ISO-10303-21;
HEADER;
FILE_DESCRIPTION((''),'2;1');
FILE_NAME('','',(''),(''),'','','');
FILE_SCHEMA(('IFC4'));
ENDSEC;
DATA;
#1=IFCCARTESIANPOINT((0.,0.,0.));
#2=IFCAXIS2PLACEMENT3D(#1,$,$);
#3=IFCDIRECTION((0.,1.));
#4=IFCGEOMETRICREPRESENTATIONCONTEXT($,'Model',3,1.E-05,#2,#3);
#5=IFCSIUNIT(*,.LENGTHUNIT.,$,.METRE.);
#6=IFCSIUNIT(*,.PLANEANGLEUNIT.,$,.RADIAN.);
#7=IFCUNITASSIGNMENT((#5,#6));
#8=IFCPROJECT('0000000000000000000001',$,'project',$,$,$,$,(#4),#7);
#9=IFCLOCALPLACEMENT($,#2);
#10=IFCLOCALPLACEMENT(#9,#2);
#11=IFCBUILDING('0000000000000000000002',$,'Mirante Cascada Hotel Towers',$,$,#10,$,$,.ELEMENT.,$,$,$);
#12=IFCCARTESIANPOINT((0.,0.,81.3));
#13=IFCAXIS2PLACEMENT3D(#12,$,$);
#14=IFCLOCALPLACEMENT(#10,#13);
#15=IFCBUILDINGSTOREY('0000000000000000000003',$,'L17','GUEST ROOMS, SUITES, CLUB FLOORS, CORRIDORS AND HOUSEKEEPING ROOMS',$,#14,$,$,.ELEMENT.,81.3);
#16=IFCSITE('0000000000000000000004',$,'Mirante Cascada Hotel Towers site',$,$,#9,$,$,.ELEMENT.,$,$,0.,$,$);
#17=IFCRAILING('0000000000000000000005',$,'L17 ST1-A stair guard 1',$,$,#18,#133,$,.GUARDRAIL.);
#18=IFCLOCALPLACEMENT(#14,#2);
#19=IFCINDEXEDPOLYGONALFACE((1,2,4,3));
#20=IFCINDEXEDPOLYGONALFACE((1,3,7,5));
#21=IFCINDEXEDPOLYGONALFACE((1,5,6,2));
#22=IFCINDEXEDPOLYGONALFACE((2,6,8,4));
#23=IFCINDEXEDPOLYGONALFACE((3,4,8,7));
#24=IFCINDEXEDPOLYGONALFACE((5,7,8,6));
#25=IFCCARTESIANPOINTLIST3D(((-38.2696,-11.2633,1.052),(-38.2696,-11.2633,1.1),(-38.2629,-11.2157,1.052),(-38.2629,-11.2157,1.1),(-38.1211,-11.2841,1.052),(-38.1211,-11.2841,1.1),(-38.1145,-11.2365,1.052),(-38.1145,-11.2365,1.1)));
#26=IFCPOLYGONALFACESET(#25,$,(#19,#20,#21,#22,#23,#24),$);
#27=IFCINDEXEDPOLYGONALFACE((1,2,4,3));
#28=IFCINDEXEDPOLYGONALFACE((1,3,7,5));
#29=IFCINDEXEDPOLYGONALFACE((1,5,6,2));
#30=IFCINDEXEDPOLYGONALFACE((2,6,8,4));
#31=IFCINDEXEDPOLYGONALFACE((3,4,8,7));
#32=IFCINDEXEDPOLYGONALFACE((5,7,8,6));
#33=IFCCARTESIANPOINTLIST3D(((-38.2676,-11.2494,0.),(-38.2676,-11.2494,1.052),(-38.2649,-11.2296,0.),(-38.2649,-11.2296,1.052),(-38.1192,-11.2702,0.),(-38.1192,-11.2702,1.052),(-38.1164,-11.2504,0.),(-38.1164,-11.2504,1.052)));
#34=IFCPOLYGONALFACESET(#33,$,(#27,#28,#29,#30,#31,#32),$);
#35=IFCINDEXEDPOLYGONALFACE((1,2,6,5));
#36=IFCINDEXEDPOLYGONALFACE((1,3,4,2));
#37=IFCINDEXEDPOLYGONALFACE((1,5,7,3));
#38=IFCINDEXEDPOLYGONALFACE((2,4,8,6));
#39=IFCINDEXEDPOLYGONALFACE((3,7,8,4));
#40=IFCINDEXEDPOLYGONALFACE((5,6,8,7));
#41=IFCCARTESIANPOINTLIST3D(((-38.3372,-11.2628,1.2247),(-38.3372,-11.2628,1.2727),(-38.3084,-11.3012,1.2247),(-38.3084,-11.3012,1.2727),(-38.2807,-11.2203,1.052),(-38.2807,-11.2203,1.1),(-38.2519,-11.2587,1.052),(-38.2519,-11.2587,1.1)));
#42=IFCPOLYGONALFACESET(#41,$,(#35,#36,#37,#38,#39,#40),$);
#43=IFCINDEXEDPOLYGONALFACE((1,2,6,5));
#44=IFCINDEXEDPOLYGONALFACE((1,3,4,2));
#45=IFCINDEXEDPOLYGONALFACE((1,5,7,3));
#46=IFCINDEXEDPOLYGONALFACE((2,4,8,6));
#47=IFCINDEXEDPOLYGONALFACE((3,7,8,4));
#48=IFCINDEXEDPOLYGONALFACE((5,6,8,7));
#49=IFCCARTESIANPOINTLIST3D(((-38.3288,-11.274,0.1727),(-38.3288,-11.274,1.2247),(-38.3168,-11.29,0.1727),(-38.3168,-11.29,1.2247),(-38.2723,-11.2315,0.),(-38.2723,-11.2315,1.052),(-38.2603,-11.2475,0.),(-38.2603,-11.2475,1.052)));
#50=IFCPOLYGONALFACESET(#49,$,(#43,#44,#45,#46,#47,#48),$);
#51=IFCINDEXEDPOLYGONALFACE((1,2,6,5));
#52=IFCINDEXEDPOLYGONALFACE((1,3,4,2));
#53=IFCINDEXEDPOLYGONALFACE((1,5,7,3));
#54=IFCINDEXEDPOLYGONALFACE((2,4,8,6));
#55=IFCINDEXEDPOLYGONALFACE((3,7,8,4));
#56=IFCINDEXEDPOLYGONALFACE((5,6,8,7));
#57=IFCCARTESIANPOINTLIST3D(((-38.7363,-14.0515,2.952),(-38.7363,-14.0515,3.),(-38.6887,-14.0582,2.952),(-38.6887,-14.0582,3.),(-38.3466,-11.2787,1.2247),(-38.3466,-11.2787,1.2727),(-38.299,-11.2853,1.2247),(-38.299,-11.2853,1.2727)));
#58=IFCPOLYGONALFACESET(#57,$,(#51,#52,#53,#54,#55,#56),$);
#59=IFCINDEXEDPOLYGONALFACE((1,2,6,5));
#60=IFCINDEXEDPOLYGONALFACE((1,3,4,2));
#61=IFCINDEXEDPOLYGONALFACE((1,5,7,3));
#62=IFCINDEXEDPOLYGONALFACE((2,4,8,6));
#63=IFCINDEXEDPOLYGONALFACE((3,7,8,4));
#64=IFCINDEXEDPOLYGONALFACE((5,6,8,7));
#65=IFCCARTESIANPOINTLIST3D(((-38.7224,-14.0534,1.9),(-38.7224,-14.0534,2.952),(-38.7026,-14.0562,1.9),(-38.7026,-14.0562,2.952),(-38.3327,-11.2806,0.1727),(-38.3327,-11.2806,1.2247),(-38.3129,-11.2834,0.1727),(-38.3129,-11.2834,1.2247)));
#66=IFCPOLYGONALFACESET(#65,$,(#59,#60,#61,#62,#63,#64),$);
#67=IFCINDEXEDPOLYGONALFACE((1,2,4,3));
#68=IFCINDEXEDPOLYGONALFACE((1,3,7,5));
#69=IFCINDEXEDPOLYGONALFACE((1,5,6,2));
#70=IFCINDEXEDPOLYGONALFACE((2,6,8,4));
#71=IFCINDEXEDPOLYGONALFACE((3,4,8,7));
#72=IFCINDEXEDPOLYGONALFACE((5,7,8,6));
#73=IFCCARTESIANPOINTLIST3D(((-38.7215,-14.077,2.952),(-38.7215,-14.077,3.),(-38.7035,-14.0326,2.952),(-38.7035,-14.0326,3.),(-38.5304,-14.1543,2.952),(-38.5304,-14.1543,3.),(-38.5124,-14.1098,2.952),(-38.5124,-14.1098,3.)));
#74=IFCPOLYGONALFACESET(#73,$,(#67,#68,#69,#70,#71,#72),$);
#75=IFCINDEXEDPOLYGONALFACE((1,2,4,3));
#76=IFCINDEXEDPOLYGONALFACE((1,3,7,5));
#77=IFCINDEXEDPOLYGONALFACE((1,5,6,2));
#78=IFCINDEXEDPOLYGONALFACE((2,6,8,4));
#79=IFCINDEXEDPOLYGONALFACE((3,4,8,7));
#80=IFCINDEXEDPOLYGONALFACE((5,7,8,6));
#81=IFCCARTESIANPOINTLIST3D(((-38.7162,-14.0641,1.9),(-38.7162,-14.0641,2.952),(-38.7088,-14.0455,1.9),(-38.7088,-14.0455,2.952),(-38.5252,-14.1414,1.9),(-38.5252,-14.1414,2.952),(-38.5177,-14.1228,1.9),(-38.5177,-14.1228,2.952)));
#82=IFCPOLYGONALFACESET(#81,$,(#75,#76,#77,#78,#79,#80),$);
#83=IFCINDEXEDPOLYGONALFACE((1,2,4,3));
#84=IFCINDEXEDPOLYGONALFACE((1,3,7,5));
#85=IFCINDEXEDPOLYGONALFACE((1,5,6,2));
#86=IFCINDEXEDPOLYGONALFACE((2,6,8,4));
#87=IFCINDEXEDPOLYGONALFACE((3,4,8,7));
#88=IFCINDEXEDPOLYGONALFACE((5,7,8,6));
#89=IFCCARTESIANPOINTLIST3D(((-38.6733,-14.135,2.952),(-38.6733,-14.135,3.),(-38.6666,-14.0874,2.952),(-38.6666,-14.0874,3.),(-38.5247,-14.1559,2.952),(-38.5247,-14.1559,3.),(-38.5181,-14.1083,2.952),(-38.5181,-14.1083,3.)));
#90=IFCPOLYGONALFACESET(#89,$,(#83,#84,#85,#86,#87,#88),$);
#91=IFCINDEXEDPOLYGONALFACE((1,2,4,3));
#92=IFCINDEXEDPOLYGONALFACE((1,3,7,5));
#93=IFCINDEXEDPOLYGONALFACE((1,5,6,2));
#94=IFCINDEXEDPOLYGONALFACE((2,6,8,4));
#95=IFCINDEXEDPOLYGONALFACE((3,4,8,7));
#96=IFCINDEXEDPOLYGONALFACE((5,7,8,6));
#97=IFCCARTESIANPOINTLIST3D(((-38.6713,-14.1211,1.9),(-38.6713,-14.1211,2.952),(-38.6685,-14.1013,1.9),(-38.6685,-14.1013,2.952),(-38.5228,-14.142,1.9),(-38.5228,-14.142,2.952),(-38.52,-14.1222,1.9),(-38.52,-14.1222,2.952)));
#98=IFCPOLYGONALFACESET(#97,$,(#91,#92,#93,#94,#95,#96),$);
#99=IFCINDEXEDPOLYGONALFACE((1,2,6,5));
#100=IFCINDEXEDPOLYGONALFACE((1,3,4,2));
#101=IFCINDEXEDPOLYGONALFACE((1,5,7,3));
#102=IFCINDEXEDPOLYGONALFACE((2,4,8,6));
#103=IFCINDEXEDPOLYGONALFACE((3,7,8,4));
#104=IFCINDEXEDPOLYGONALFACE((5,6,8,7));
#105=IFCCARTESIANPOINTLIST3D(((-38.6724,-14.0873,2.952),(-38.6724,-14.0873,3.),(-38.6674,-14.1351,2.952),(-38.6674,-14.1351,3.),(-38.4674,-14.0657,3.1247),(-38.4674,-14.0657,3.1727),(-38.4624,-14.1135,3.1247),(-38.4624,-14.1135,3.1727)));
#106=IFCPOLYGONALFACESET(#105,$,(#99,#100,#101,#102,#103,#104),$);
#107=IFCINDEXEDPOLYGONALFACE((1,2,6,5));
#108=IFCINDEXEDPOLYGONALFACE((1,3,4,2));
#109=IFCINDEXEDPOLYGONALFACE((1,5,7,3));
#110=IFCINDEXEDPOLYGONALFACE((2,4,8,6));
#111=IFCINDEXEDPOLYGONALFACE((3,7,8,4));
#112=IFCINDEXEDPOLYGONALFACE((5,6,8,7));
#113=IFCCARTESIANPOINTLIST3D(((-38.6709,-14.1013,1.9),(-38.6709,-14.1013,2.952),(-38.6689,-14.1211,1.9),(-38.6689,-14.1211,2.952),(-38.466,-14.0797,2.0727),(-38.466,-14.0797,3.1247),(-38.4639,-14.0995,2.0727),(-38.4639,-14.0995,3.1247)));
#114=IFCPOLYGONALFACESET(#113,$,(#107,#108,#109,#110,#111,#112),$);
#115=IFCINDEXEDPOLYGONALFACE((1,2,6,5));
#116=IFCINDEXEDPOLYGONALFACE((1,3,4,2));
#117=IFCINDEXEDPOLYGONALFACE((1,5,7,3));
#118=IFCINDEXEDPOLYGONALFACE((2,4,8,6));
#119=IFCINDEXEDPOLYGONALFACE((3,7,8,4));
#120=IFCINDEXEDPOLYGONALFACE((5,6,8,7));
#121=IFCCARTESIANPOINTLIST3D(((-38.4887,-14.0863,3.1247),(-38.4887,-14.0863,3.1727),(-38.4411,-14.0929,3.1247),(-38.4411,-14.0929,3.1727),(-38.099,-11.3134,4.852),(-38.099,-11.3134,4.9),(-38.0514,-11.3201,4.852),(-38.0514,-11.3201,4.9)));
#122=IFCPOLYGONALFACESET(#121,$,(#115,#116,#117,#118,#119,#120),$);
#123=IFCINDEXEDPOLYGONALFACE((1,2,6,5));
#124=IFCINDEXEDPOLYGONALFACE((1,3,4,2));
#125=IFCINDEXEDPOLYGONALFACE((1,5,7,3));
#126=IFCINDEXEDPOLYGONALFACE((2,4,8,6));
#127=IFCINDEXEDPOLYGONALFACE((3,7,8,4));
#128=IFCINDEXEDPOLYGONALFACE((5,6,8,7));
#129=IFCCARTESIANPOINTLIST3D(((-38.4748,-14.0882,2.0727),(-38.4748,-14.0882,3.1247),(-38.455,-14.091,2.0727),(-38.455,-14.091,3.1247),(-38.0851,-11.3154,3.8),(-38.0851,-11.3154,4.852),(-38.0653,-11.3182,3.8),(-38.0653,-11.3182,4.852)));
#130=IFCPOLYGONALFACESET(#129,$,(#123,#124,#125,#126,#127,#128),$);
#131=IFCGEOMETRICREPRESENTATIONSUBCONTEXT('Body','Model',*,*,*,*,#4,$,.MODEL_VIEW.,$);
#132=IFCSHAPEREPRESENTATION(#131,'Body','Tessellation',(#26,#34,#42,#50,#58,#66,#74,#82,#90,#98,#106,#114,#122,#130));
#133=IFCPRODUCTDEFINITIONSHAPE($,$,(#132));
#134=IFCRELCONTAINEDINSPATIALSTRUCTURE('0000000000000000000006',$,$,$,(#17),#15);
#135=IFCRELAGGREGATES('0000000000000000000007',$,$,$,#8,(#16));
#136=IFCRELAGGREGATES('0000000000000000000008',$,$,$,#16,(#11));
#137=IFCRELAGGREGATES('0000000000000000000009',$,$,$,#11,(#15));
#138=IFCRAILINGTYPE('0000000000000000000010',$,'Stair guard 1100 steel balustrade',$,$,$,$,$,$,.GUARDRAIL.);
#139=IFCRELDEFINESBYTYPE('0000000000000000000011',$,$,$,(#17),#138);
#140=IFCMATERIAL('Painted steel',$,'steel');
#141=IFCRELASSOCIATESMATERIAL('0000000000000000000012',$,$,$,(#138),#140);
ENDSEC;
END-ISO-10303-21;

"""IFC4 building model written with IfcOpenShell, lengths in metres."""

from ifc_helpers import new_model, si_unit, direction, frame, origin, origin_2d, place, context, subcontext, project, spatial, rectangle, extrude, material, type_object, element, save


model = new_model("IFC4")

# Units and contexts
model_context = context("Model", 3, precision=1e-05, world=origin(), true_north=direction((0.0, 1.0)))
body_context = subcontext(model_context, "Body", "Model", "MODEL_VIEW")
ifc_project = project(units=[si_unit("LENGTHUNIT", "METRE"), si_unit("PLANEANGLEUNIT", "RADIAN")], contexts=[model_context])

# Site, building, storey
site_placement = place(None, origin())
site = spatial("IfcSite", under=ifc_project, at=site_placement, Name="Mirante Cascada Hotel Towers site", CompositionType="ELEMENT", RefElevation=0.0)
building_placement = place(site_placement, origin())
building = spatial("IfcBuilding", under=site, at=building_placement, Name="Mirante Cascada Hotel Towers", CompositionType="ELEMENT")
storey_placement = place(building_placement, frame((0.0, 0.0, 81.3)))
storey = spatial("IfcBuildingStorey", under=building, at=storey_placement, Name="L17", Description="GUEST ROOMS, SUITES, CLUB FLOORS, CORRIDORS AND HOUSEKEEPING ROOMS", CompositionType="ELEMENT", Elevation=81.3)

# Railing
ifc_material_1 = material(Name="Painted steel", Category="steel")
railing_type = type_object("IfcRailingType", Name="Stair guard 1100 steel balustrade", PredefinedType="GUARDRAIL", material=ifc_material_1)
railing_placement = place(storey_placement, frame((-38.1178, -11.2603, 0.0)))
element("IfcRailing", 1, at=railing_placement, inside=storey, type_object=railing_type, Name="L17 ST1-A stair guard 1", PredefinedType="GUARDRAIL", context=body_context, shape_type="SweptSolid", body=[
    extrude(rectangle(XDim=0.048, YDim=0.048, at=origin_2d()), frame((0.0, 0.0, 1.076), z_axis=(-0.990333, 0.138713, 0.0), x_axis=(-0.138713, -0.990333, 0.0)), (0.0, 0.0, 1.0), 0.1499),
    extrude(rectangle(XDim=0.02, YDim=1.052, at=origin_2d()), frame((0.0, 0.0, 0.526), z_axis=(-0.990333, 0.138713, 0.0), x_axis=(-0.138713, -0.990333, 0.0)), (0.0, 0.0, 1.0), 0.1499),
    extrude(rectangle(XDim=0.048, YDim=0.048, at=origin_2d()), frame((-0.1485, 0.0208, 1.076), z_axis=(-0.79915, -0.601131, 0.0), x_axis=(0.601131, -0.79915, 0.0)), (0.0, 0.925453, 0.378863), 0.1866),
    extrude(rectangle(XDim=0.02, YDim=1.052, at=origin_2d()), frame((-0.1485, 0.0208, 0.526), z_axis=(-0.79915, -0.601131, 0.0), x_axis=(0.601131, -0.79915, 0.0)), (0.0, 0.925453, 0.378863), 0.1866),
    extrude(rectangle(XDim=0.048, YDim=0.048, at=origin_2d()), frame((-0.205, -0.0217, 1.2487), z_axis=(-0.139176, -0.990268, 0.0), x_axis=(0.990268, -0.139176, 0.0)), (0.0, 0.525021, 0.851089), 3.29),
    extrude(rectangle(XDim=0.02, YDim=1.052, at=origin_2d()), frame((-0.205, -0.0217, 0.6987), z_axis=(-0.139176, -0.990268, 0.0), x_axis=(0.990268, -0.139176, 0.0)), (0.0, 0.525021, 0.851089), 3.29),
    extrude(rectangle(XDim=0.048, YDim=0.048, at=origin_2d()), frame((-0.5947, -2.7945, 2.976), z_axis=(0.927031, -0.374984, 0.0), x_axis=(0.374984, 0.927031, 0.0)), (0.0, 0.0, 1.0), 0.2061),
    extrude(rectangle(XDim=0.02, YDim=1.052, at=origin_2d()), frame((-0.5947, -2.7945, 2.426), z_axis=(0.927031, -0.374984, 0.0), x_axis=(0.374984, 0.927031, 0.0)), (0.0, 0.0, 1.0), 0.2061),
    extrude(rectangle(XDim=0.048, YDim=0.048, at=origin_2d()), frame((-0.4036, -2.8718, 2.976), z_axis=(-0.990241, 0.139367, 0.0), x_axis=(-0.139367, -0.990241, 0.0)), (0.0, 0.0, 1.0), 0.15),
    extrude(rectangle(XDim=0.02, YDim=1.052, at=origin_2d()), frame((-0.4036, -2.8718, 2.426), z_axis=(-0.990241, 0.139367, 0.0), x_axis=(-0.139367, -0.990241, 0.0)), (0.0, 0.0, 1.0), 0.15),
    extrude(rectangle(XDim=0.048, YDim=0.048, at=origin_2d()), frame((-0.5521, -2.8509, 2.976), z_axis=(0.994495, 0.104786, 0.0), x_axis=(-0.104786, 0.994495, 0.0)), (0.0, 0.642203, 0.766534), 0.2689),
    extrude(rectangle(XDim=0.02, YDim=1.052, at=origin_2d()), frame((-0.5521, -2.8509, 2.426), z_axis=(0.994495, 0.104786, 0.0), x_axis=(-0.104786, 0.994495, 0.0)), (0.0, 0.642203, 0.766534), 0.2689),
    extrude(rectangle(XDim=0.048, YDim=0.048, at=origin_2d()), frame((-0.3471, -2.8293, 3.1487), z_axis=(0.139176, 0.990268, 0.0), x_axis=(-0.990268, 0.139176, 0.0)), (0.0, 0.525021, 0.851089), 3.29),
    extrude(rectangle(XDim=0.02, YDim=1.052, at=origin_2d()), frame((-0.3471, -2.8293, 2.5987), z_axis=(0.139176, 0.990268, 0.0), x_axis=(-0.990268, 0.139176, 0.0)), (0.0, 0.525021, 0.851089), 3.29),
])

save(model, "model.ifc")
